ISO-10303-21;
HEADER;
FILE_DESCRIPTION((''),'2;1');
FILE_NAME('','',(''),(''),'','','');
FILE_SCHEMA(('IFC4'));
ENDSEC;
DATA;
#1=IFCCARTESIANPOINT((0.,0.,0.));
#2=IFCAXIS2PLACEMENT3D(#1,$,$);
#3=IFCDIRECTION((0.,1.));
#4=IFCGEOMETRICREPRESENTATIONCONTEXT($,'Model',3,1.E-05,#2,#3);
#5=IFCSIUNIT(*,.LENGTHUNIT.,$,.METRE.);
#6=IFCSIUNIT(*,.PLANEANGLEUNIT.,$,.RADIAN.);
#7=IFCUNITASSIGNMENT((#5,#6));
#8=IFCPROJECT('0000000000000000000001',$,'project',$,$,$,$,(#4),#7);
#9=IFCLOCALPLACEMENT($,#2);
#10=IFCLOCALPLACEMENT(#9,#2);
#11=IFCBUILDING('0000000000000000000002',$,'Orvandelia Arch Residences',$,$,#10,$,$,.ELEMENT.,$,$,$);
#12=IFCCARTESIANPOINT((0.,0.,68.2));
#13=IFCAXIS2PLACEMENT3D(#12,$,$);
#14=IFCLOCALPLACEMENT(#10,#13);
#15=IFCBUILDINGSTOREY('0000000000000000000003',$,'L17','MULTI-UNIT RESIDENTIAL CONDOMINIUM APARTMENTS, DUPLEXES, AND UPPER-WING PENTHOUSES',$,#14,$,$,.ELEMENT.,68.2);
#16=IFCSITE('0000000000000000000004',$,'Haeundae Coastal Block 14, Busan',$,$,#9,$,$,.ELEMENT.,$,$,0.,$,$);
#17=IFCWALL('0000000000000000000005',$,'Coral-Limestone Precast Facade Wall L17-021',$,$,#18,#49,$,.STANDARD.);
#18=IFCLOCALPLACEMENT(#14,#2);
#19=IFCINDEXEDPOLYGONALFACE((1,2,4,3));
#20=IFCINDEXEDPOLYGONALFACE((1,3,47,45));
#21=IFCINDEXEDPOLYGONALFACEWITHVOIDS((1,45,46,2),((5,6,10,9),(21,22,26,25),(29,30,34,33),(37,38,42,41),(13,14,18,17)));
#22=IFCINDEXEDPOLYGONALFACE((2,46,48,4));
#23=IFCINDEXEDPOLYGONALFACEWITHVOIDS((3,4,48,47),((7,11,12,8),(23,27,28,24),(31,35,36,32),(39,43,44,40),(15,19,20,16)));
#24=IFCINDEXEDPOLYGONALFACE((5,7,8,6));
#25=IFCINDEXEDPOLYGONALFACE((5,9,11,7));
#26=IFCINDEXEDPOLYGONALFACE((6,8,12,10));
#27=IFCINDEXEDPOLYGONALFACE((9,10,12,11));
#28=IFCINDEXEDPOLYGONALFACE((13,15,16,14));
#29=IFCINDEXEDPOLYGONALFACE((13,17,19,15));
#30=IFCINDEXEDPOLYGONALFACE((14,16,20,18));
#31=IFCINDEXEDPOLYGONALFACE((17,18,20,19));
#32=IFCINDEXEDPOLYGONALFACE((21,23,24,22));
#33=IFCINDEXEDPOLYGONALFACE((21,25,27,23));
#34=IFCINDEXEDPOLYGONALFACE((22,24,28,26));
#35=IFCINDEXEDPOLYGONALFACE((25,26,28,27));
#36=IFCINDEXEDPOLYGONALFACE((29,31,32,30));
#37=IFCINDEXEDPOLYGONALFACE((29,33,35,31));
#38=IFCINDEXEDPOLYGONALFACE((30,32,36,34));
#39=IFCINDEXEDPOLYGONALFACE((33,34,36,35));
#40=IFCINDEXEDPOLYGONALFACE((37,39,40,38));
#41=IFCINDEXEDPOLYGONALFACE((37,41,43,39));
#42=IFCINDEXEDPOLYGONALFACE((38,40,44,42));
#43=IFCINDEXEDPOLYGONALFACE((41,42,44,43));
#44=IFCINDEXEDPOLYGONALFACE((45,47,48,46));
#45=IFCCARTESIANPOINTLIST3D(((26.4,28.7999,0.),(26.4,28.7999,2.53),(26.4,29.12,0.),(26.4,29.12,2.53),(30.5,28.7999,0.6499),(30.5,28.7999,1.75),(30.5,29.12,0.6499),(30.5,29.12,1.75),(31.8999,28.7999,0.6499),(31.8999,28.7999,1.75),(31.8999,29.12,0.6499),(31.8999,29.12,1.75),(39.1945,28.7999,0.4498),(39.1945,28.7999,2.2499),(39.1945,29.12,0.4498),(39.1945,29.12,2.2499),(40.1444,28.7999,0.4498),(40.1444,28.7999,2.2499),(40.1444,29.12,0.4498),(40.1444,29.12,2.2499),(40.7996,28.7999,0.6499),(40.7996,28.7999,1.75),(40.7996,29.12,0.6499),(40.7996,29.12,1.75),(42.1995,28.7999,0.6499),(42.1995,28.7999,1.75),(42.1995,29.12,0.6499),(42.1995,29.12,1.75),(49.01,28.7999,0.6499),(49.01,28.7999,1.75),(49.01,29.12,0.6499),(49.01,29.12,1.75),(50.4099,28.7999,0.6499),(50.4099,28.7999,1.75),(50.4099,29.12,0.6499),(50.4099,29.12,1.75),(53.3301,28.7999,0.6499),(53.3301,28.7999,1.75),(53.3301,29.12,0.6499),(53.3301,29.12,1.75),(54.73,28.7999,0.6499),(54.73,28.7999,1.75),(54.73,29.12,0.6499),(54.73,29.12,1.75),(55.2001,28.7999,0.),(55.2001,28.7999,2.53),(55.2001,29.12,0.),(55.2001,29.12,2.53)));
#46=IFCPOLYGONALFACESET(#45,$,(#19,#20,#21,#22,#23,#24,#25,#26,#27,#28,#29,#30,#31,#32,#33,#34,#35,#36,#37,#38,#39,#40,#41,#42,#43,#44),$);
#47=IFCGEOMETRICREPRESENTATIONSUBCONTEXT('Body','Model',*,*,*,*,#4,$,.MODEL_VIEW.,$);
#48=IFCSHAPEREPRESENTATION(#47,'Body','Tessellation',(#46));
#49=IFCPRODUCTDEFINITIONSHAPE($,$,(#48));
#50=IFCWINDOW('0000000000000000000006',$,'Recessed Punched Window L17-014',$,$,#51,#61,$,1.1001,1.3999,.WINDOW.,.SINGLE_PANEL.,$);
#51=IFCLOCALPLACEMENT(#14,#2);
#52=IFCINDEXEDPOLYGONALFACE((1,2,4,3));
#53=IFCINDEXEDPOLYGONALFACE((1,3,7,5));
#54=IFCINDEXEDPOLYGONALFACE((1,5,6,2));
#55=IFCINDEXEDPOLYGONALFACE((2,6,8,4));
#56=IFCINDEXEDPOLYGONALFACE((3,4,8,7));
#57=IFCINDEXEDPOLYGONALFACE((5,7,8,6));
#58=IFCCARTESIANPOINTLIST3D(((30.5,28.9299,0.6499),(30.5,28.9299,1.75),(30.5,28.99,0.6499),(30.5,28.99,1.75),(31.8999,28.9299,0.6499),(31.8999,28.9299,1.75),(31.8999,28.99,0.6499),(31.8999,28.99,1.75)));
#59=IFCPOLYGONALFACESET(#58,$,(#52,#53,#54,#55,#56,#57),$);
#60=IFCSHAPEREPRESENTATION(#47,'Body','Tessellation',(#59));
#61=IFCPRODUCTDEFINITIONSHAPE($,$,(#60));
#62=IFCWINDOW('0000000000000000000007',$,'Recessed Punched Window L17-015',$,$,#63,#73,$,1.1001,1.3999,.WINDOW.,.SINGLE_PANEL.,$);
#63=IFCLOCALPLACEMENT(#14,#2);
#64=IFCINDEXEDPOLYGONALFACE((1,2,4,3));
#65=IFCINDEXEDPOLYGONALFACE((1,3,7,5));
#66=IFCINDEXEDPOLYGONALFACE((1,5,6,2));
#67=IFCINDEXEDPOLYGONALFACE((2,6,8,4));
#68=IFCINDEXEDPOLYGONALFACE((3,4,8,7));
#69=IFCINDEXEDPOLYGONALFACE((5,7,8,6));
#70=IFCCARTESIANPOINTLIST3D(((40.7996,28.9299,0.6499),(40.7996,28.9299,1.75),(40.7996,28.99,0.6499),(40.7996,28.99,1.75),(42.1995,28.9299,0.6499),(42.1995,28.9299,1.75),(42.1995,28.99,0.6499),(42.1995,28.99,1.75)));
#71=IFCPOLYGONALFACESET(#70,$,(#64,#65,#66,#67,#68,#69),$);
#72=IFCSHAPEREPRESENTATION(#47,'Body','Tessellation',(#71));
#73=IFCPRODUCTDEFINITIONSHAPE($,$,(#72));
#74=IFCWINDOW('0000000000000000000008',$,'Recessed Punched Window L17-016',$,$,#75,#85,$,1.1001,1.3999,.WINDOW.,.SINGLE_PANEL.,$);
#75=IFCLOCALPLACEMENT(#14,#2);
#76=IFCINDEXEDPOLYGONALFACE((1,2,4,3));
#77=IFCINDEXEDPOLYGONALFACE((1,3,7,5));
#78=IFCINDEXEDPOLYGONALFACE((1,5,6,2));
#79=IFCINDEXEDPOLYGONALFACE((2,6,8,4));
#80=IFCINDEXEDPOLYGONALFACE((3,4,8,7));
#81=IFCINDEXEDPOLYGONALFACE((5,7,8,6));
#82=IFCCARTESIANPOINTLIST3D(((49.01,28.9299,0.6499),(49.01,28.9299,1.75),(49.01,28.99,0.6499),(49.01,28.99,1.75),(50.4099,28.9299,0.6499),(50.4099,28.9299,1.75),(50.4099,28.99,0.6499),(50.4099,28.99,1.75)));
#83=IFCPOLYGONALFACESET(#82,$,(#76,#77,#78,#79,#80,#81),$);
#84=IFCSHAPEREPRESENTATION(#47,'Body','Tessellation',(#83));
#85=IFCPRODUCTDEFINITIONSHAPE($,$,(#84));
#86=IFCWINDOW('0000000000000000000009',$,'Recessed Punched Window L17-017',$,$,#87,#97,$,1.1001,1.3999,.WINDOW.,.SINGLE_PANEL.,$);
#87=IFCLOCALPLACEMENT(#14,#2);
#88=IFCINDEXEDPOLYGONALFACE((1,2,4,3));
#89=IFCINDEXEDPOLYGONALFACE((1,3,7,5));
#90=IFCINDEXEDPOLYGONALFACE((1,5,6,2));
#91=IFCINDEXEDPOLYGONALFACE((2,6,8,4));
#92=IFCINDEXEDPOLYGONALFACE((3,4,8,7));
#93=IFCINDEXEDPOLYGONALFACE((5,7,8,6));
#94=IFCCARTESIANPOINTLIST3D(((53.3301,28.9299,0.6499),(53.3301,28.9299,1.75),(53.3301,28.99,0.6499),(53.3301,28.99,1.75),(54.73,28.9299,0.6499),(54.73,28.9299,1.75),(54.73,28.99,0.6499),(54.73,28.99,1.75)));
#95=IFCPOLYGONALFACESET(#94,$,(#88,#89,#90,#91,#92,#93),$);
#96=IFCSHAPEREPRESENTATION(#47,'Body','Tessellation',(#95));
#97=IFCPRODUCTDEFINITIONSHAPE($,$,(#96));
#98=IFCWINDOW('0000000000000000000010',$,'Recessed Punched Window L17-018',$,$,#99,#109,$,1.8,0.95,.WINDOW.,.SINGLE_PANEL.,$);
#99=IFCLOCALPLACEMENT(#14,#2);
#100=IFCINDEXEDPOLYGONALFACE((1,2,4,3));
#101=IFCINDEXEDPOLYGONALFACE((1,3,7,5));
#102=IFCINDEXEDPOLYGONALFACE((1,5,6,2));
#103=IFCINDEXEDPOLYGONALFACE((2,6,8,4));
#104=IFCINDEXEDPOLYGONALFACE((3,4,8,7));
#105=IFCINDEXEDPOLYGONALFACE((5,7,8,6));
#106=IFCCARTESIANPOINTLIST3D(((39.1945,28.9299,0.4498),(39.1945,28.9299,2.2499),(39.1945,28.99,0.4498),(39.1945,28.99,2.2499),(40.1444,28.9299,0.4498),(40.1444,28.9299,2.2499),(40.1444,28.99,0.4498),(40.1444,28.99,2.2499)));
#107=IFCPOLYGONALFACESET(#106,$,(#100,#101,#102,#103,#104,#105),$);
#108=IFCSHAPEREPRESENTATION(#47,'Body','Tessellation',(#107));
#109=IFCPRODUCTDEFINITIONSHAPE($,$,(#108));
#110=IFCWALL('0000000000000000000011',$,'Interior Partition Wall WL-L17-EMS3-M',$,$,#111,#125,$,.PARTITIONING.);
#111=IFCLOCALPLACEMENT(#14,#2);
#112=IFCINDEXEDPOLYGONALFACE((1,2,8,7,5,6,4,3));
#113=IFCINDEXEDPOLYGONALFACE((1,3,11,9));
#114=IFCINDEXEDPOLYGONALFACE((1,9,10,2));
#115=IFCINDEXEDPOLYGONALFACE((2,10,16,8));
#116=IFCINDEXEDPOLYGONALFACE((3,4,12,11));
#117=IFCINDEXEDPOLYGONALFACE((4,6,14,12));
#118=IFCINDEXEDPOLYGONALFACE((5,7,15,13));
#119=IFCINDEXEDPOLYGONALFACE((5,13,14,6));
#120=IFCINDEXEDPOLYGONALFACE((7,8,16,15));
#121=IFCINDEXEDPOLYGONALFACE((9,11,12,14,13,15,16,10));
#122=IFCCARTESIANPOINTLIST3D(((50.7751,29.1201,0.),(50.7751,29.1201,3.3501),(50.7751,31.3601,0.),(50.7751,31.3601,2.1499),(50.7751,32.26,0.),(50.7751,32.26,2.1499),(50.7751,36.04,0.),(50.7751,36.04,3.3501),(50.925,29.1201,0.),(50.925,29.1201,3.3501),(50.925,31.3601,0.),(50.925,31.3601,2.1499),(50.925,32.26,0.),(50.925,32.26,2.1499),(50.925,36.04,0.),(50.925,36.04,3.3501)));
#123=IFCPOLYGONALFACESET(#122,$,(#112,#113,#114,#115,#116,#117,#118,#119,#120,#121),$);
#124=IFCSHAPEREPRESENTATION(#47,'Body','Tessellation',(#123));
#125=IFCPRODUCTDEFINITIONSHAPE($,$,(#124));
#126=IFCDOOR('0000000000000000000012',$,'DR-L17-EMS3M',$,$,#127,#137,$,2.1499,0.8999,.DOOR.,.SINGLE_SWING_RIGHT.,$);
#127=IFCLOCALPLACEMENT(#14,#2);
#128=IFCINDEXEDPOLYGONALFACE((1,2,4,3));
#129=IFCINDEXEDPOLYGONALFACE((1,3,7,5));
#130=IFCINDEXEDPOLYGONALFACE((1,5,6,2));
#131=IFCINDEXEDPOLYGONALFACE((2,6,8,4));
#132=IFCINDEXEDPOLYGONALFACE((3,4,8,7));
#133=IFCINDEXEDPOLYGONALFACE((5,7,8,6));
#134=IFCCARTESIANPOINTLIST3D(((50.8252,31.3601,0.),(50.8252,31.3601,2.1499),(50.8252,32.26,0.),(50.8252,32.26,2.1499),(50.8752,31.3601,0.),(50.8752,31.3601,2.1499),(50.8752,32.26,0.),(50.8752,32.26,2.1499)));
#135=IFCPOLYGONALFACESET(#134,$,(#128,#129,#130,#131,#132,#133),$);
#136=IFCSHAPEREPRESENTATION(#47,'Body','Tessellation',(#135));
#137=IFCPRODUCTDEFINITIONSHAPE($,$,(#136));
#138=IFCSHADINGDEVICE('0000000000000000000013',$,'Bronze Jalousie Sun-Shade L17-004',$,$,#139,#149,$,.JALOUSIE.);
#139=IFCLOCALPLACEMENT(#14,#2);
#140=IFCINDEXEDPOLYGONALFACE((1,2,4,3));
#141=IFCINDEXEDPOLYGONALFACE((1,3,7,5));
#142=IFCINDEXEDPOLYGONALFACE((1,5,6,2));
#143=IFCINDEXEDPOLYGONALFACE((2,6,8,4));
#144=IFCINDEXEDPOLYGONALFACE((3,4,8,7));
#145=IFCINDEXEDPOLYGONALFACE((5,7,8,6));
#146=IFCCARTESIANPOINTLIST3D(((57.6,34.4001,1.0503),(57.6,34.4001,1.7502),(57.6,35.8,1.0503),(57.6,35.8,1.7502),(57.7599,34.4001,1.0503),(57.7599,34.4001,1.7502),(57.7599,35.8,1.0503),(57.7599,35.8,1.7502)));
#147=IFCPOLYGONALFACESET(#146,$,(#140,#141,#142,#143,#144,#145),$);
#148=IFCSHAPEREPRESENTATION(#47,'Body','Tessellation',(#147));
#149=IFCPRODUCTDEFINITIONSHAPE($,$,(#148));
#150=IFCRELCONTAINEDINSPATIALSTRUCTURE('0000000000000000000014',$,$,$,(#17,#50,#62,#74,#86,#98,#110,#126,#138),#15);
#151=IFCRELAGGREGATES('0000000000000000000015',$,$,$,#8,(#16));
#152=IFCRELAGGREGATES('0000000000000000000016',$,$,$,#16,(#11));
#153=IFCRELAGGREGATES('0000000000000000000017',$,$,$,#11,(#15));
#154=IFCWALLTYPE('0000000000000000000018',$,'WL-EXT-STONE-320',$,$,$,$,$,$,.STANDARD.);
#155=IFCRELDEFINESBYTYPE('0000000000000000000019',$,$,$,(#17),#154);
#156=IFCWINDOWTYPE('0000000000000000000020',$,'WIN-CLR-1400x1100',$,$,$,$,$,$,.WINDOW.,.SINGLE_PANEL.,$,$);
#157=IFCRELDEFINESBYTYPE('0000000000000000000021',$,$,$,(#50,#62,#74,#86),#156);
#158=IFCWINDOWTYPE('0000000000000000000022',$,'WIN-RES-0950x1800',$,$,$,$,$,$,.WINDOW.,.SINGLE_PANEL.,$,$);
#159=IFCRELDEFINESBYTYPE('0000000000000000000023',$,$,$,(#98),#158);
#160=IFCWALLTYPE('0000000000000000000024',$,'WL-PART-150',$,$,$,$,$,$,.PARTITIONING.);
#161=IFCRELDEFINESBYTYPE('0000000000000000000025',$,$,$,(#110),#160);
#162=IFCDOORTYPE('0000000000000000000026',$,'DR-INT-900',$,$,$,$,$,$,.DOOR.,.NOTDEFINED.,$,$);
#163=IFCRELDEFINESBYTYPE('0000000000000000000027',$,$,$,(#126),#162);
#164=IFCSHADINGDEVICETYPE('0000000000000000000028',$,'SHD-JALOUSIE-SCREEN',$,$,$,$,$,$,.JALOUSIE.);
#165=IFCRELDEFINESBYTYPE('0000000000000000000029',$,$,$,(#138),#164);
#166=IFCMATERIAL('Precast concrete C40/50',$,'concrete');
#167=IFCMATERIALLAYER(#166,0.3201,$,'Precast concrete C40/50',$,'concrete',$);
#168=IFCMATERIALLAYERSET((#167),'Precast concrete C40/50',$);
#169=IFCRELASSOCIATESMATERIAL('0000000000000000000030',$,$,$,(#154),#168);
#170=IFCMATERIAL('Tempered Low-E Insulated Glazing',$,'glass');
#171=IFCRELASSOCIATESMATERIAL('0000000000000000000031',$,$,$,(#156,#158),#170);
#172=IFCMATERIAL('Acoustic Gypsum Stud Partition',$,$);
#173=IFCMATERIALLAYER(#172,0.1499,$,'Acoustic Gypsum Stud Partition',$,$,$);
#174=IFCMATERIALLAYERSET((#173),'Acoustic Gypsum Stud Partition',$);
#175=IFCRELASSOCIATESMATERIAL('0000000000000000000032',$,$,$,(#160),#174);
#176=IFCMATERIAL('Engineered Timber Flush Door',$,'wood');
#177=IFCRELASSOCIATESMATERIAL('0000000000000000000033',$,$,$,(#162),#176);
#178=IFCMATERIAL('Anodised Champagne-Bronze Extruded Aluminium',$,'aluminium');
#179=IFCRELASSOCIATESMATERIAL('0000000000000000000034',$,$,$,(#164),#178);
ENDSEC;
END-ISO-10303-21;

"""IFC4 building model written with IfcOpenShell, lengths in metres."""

from ifc_helpers import new_model, si_unit, direction, frame, frame_2d, origin, origin_2d, place, context, subcontext, project, spatial, rectangle, extrude, material, layer, layer_set, type_object, element, fill, save


model = new_model("IFC4")

# Units and contexts
model_context = context("Model", 3, precision=1e-05, world=origin(), true_north=direction((0.0, 1.0)))
body_context = subcontext(model_context, "Body", "Model", "MODEL_VIEW")
ifc_project = project(units=[si_unit("LENGTHUNIT", "METRE"), si_unit("PLANEANGLEUNIT", "RADIAN")], contexts=[model_context])

# Site, building, storey
site_placement = place(None, origin())
site = spatial("IfcSite", under=ifc_project, at=site_placement, Name="Haeundae Coastal Block 14, Busan", CompositionType="ELEMENT", RefElevation=0.0)
building_placement = place(site_placement, origin())
building = spatial("IfcBuilding", under=site, at=building_placement, Name="Orvandelia Arch Residences", CompositionType="ELEMENT")
storey_placement = place(building_placement, frame((0.0, 0.0, 68.2)))
storey = spatial("IfcBuildingStorey", under=building, at=storey_placement, Name="L17", Description="MULTI-UNIT RESIDENTIAL CONDOMINIUM APARTMENTS, DUPLEXES, AND UPPER-WING PENTHOUSES", CompositionType="ELEMENT", Elevation=68.2)

# Shared definitions
ifc_material_1 = material(Name="Precast concrete C40/50", Category="concrete")
ifc_layer_1 = layer(ifc_material_1, 0.3201, Name="Precast concrete C40/50", Category="concrete")
ifc_layer_set_1 = layer_set([ifc_layer_1], Name="Precast concrete C40/50")
wall_type_1 = type_object("IfcWallType", Name="WL-EXT-STONE-320", PredefinedType="STANDARD", material=ifc_layer_set_1)

# Wall, openings, windows
wall_1_placement = place(storey_placement, frame((55.2, 28.96, 0.0), z_axis=(0.0, 0.0, 1.0), x_axis=(-1.0, 0.0, 0.0)))
wall_1 = element("IfcWall", 1, at=wall_1_placement, inside=storey, type_object=wall_type_1, Name="Coral-Limestone Precast Facade Wall L17-021", PredefinedType="STANDARD", context=body_context, shape_type="SweptSolid", body=[
    extrude(rectangle(XDim=28.8, YDim=0.3201, at=frame_2d((14.3999, 0.0))), origin(), (0.0, 0.0, 1.0), 2.53),
])
opening_1_placement = place(wall_1_placement, frame((23.3, 0.0, 0.6499)))
opening_1 = element("IfcOpeningElement", 2, at=opening_1_placement, cuts=wall_1, PredefinedType="OPENING", context=body_context, shape_type="SweptSolid", body=[
    extrude(rectangle(XDim=1.3999, YDim=1.1001, at=frame_2d((0.7, 0.55))), frame((0.0, 0.1699, 0.0), z_axis=(0.0, -1.0, 0.0), x_axis=(1.0, 0.0, 0.0)), (0.0, 0.0, 1.0), 0.3401),
])
opening_2_placement = place(wall_1_placement, frame((13.0005, 0.0, 0.6499)))
opening_2 = element("IfcOpeningElement", 3, at=opening_2_placement, cuts=wall_1, PredefinedType="OPENING", context=body_context, shape_type="SweptSolid", body=[
    extrude(rectangle(XDim=1.3999, YDim=1.1001, at=frame_2d((0.7, 0.55))), frame((0.0, 0.1699, 0.0), z_axis=(0.0, -1.0, 0.0), x_axis=(1.0, 0.0, 0.0)), (0.0, 0.0, 1.0), 0.3401),
])
opening_3_placement = place(wall_1_placement, frame((4.79, 0.0, 0.6499)))
opening_3 = element("IfcOpeningElement", 4, at=opening_3_placement, cuts=wall_1, PredefinedType="OPENING", context=body_context, shape_type="SweptSolid", body=[
    extrude(rectangle(XDim=1.3999, YDim=1.1001, at=frame_2d((0.7, 0.55))), frame((0.0, 0.1699, 0.0), z_axis=(0.0, -1.0, 0.0), x_axis=(1.0, 0.0, 0.0)), (0.0, 0.0, 1.0), 0.3401),
])
opening_4_placement = place(wall_1_placement, frame((0.47, 0.0, 0.6499)))
opening_4 = element("IfcOpeningElement", 5, at=opening_4_placement, cuts=wall_1, PredefinedType="OPENING", context=body_context, shape_type="SweptSolid", body=[
    extrude(rectangle(XDim=1.3999, YDim=1.1001, at=frame_2d((0.7, 0.55))), frame((0.0, 0.1699, 0.0), z_axis=(0.0, -1.0, 0.0), x_axis=(1.0, 0.0, 0.0)), (0.0, 0.0, 1.0), 0.3401),
])
opening_5_placement = place(wall_1_placement, frame((15.0554, 0.0, 0.45)))
opening_5 = element("IfcOpeningElement", 6, at=opening_5_placement, cuts=wall_1, PredefinedType="OPENING", context=body_context, shape_type="SweptSolid", body=[
    extrude(rectangle(XDim=0.95, YDim=1.8, at=frame_2d((0.4751, 0.8999))), frame((0.0, 0.1699, 0.0), z_axis=(0.0, -1.0, 0.0), x_axis=(1.0, 0.0, 0.0)), (0.0, 0.0, 1.0), 0.3401),
])
ifc_material_2 = material(Name="Tempered Low-E Insulated Glazing", Category="glass")
window_type_1 = type_object("IfcWindowType", Name="WIN-CLR-1400x1100", PartitioningType="SINGLE_PANEL", PredefinedType="WINDOW", material=ifc_material_2)
window_1_placement = place(opening_1_placement, origin())
window_1 = element("IfcWindow", 7, at=window_1_placement, inside=storey, type_object=window_type_1, Name="Recessed Punched Window L17-014", OverallHeight=1.1001, OverallWidth=1.3999, PartitioningType="SINGLE_PANEL", PredefinedType="WINDOW", context=body_context, shape_type="SweptSolid", body=[
    extrude(rectangle(XDim=1.3999, YDim=1.1001, at=frame_2d((0.7, 0.55))), frame((0.0, 0.03, 0.0), z_axis=(0.0, -1.0, 0.0), x_axis=(1.0, 0.0, 0.0)), (0.0, 0.0, 1.0), 0.0601),
])
fill(opening_1, window_1)
window_2_placement = place(opening_2_placement, origin())
window_2 = element("IfcWindow", 8, at=window_2_placement, inside=storey, type_object=window_type_1, Name="Recessed Punched Window L17-015", OverallHeight=1.1001, OverallWidth=1.3999, PartitioningType="SINGLE_PANEL", PredefinedType="WINDOW", context=body_context, shape_type="SweptSolid", body=[
    extrude(rectangle(XDim=1.3999, YDim=1.1001, at=frame_2d((0.7, 0.55))), frame((0.0, 0.03, 0.0), z_axis=(0.0, -1.0, 0.0), x_axis=(1.0, 0.0, 0.0)), (0.0, 0.0, 1.0), 0.0601),
])
fill(opening_2, window_2)
window_3_placement = place(opening_3_placement, origin())
window_3 = element("IfcWindow", 9, at=window_3_placement, inside=storey, type_object=window_type_1, Name="Recessed Punched Window L17-016", OverallHeight=1.1001, OverallWidth=1.3999, PartitioningType="SINGLE_PANEL", PredefinedType="WINDOW", context=body_context, shape_type="SweptSolid", body=[
    extrude(rectangle(XDim=1.3999, YDim=1.1001, at=frame_2d((0.7, 0.55))), frame((0.0, 0.03, 0.0), z_axis=(0.0, -1.0, 0.0), x_axis=(1.0, 0.0, 0.0)), (0.0, 0.0, 1.0), 0.0601),
])
fill(opening_3, window_3)
window_4_placement = place(opening_4_placement, origin())
window_4 = element("IfcWindow", 10, at=window_4_placement, inside=storey, type_object=window_type_1, Name="Recessed Punched Window L17-017", OverallHeight=1.1001, OverallWidth=1.3999, PartitioningType="SINGLE_PANEL", PredefinedType="WINDOW", context=body_context, shape_type="SweptSolid", body=[
    extrude(rectangle(XDim=1.3999, YDim=1.1001, at=frame_2d((0.7, 0.55))), frame((0.0, 0.03, 0.0), z_axis=(0.0, -1.0, 0.0), x_axis=(1.0, 0.0, 0.0)), (0.0, 0.0, 1.0), 0.0601),
])
fill(opening_4, window_4)
window_type_2 = type_object("IfcWindowType", Name="WIN-RES-0950x1800", PartitioningType="SINGLE_PANEL", PredefinedType="WINDOW", material=ifc_material_2)
window_5_placement = place(opening_5_placement, origin())
window_5 = element("IfcWindow", 11, at=window_5_placement, inside=storey, type_object=window_type_2, Name="Recessed Punched Window L17-018", OverallHeight=1.8, OverallWidth=0.95, PartitioningType="SINGLE_PANEL", PredefinedType="WINDOW", context=body_context, shape_type="SweptSolid", body=[
    extrude(rectangle(XDim=0.95, YDim=1.8, at=frame_2d((0.4751, 0.8999))), frame((0.0, 0.03, 0.0), z_axis=(0.0, -1.0, 0.0), x_axis=(1.0, 0.0, 0.0)), (0.0, 0.0, 1.0), 0.0601),
])
fill(opening_5, window_5)

# Wall, opening, door
ifc_material_3 = material(Name="Acoustic Gypsum Stud Partition")
ifc_layer_2 = layer(ifc_material_3, 0.1499, Name="Acoustic Gypsum Stud Partition")
ifc_layer_set_2 = layer_set([ifc_layer_2], Name="Acoustic Gypsum Stud Partition")
wall_type_2 = type_object("IfcWallType", Name="WL-PART-150", PredefinedType="PARTITIONING", material=ifc_layer_set_2)
wall_2_placement = place(storey_placement, frame((50.8501, 29.1201, 0.0), z_axis=(0.0, 0.0, 1.0), x_axis=(0.0, 1.0, 0.0)))
wall_2 = element("IfcWall", 12, at=wall_2_placement, inside=storey, type_object=wall_type_2, Name="Interior Partition Wall WL-L17-EMS3-M", PredefinedType="PARTITIONING", context=body_context, shape_type="SweptSolid", body=[
    extrude(rectangle(XDim=6.9199, YDim=0.1499, at=frame_2d((3.46, 0.0))), origin(), (0.0, 0.0, 1.0), 3.3501),
])
opening_6_placement = place(wall_2_placement, frame((2.24, 0.0, 0.0)))
opening_6 = element("IfcOpeningElement", 13, at=opening_6_placement, cuts=wall_2, PredefinedType="OPENING", context=body_context, shape_type="SweptSolid", body=[
    extrude(rectangle(XDim=0.8999, YDim=2.1499, at=frame_2d((0.45, 1.075))), frame((0.0, 0.085, 0.0), z_axis=(0.0, -1.0, 0.0), x_axis=(1.0, 0.0, 0.0)), (0.0, 0.0, 1.0), 0.1699),
])
ifc_material_4 = material(Name="Engineered Timber Flush Door", Category="wood")
door_type = type_object("IfcDoorType", Name="DR-INT-900", OperationType="NOTDEFINED", PredefinedType="DOOR", material=ifc_material_4)
door_placement = place(opening_6_placement, origin())
door = element("IfcDoor", 14, at=door_placement, inside=storey, type_object=door_type, Name="DR-L17-EMS3M", OperationType="SINGLE_SWING_RIGHT", OverallHeight=2.1499, OverallWidth=0.8999, PredefinedType="DOOR", context=body_context, shape_type="SweptSolid", body=[
    extrude(rectangle(XDim=0.8999, YDim=2.1499, at=frame_2d((0.45, 1.075))), frame((0.0, 0.0249, 0.0), z_axis=(0.0, -1.0, 0.0), x_axis=(1.0, 0.0, 0.0)), (0.0, 0.0, 1.0), 0.05),
])
fill(opening_6, door)

# Shading device
ifc_material_5 = material(Name="Anodised Champagne-Bronze Extruded Aluminium", Category="aluminium")
shading_device_type = type_object("IfcShadingDeviceType", Name="SHD-JALOUSIE-SCREEN", PredefinedType="JALOUSIE", material=ifc_material_5)
shading_device_placement = place(storey_placement, frame((57.6799, 35.1001, 1.0503), z_axis=(0.0, 0.0, 1.0), x_axis=(0.0, -1.0, 0.0)))
element("IfcShadingDevice", 15, at=shading_device_placement, inside=storey, type_object=shading_device_type, Name="Bronze Jalousie Sun-Shade L17-004", PredefinedType="JALOUSIE", context=body_context, shape_type="SweptSolid", body=[
    extrude(rectangle(XDim=1.3999, YDim=0.1599, at=origin_2d()), origin(), (0.0, 0.0, 1.0), 0.7),
])

save(model, "model.ifc")
